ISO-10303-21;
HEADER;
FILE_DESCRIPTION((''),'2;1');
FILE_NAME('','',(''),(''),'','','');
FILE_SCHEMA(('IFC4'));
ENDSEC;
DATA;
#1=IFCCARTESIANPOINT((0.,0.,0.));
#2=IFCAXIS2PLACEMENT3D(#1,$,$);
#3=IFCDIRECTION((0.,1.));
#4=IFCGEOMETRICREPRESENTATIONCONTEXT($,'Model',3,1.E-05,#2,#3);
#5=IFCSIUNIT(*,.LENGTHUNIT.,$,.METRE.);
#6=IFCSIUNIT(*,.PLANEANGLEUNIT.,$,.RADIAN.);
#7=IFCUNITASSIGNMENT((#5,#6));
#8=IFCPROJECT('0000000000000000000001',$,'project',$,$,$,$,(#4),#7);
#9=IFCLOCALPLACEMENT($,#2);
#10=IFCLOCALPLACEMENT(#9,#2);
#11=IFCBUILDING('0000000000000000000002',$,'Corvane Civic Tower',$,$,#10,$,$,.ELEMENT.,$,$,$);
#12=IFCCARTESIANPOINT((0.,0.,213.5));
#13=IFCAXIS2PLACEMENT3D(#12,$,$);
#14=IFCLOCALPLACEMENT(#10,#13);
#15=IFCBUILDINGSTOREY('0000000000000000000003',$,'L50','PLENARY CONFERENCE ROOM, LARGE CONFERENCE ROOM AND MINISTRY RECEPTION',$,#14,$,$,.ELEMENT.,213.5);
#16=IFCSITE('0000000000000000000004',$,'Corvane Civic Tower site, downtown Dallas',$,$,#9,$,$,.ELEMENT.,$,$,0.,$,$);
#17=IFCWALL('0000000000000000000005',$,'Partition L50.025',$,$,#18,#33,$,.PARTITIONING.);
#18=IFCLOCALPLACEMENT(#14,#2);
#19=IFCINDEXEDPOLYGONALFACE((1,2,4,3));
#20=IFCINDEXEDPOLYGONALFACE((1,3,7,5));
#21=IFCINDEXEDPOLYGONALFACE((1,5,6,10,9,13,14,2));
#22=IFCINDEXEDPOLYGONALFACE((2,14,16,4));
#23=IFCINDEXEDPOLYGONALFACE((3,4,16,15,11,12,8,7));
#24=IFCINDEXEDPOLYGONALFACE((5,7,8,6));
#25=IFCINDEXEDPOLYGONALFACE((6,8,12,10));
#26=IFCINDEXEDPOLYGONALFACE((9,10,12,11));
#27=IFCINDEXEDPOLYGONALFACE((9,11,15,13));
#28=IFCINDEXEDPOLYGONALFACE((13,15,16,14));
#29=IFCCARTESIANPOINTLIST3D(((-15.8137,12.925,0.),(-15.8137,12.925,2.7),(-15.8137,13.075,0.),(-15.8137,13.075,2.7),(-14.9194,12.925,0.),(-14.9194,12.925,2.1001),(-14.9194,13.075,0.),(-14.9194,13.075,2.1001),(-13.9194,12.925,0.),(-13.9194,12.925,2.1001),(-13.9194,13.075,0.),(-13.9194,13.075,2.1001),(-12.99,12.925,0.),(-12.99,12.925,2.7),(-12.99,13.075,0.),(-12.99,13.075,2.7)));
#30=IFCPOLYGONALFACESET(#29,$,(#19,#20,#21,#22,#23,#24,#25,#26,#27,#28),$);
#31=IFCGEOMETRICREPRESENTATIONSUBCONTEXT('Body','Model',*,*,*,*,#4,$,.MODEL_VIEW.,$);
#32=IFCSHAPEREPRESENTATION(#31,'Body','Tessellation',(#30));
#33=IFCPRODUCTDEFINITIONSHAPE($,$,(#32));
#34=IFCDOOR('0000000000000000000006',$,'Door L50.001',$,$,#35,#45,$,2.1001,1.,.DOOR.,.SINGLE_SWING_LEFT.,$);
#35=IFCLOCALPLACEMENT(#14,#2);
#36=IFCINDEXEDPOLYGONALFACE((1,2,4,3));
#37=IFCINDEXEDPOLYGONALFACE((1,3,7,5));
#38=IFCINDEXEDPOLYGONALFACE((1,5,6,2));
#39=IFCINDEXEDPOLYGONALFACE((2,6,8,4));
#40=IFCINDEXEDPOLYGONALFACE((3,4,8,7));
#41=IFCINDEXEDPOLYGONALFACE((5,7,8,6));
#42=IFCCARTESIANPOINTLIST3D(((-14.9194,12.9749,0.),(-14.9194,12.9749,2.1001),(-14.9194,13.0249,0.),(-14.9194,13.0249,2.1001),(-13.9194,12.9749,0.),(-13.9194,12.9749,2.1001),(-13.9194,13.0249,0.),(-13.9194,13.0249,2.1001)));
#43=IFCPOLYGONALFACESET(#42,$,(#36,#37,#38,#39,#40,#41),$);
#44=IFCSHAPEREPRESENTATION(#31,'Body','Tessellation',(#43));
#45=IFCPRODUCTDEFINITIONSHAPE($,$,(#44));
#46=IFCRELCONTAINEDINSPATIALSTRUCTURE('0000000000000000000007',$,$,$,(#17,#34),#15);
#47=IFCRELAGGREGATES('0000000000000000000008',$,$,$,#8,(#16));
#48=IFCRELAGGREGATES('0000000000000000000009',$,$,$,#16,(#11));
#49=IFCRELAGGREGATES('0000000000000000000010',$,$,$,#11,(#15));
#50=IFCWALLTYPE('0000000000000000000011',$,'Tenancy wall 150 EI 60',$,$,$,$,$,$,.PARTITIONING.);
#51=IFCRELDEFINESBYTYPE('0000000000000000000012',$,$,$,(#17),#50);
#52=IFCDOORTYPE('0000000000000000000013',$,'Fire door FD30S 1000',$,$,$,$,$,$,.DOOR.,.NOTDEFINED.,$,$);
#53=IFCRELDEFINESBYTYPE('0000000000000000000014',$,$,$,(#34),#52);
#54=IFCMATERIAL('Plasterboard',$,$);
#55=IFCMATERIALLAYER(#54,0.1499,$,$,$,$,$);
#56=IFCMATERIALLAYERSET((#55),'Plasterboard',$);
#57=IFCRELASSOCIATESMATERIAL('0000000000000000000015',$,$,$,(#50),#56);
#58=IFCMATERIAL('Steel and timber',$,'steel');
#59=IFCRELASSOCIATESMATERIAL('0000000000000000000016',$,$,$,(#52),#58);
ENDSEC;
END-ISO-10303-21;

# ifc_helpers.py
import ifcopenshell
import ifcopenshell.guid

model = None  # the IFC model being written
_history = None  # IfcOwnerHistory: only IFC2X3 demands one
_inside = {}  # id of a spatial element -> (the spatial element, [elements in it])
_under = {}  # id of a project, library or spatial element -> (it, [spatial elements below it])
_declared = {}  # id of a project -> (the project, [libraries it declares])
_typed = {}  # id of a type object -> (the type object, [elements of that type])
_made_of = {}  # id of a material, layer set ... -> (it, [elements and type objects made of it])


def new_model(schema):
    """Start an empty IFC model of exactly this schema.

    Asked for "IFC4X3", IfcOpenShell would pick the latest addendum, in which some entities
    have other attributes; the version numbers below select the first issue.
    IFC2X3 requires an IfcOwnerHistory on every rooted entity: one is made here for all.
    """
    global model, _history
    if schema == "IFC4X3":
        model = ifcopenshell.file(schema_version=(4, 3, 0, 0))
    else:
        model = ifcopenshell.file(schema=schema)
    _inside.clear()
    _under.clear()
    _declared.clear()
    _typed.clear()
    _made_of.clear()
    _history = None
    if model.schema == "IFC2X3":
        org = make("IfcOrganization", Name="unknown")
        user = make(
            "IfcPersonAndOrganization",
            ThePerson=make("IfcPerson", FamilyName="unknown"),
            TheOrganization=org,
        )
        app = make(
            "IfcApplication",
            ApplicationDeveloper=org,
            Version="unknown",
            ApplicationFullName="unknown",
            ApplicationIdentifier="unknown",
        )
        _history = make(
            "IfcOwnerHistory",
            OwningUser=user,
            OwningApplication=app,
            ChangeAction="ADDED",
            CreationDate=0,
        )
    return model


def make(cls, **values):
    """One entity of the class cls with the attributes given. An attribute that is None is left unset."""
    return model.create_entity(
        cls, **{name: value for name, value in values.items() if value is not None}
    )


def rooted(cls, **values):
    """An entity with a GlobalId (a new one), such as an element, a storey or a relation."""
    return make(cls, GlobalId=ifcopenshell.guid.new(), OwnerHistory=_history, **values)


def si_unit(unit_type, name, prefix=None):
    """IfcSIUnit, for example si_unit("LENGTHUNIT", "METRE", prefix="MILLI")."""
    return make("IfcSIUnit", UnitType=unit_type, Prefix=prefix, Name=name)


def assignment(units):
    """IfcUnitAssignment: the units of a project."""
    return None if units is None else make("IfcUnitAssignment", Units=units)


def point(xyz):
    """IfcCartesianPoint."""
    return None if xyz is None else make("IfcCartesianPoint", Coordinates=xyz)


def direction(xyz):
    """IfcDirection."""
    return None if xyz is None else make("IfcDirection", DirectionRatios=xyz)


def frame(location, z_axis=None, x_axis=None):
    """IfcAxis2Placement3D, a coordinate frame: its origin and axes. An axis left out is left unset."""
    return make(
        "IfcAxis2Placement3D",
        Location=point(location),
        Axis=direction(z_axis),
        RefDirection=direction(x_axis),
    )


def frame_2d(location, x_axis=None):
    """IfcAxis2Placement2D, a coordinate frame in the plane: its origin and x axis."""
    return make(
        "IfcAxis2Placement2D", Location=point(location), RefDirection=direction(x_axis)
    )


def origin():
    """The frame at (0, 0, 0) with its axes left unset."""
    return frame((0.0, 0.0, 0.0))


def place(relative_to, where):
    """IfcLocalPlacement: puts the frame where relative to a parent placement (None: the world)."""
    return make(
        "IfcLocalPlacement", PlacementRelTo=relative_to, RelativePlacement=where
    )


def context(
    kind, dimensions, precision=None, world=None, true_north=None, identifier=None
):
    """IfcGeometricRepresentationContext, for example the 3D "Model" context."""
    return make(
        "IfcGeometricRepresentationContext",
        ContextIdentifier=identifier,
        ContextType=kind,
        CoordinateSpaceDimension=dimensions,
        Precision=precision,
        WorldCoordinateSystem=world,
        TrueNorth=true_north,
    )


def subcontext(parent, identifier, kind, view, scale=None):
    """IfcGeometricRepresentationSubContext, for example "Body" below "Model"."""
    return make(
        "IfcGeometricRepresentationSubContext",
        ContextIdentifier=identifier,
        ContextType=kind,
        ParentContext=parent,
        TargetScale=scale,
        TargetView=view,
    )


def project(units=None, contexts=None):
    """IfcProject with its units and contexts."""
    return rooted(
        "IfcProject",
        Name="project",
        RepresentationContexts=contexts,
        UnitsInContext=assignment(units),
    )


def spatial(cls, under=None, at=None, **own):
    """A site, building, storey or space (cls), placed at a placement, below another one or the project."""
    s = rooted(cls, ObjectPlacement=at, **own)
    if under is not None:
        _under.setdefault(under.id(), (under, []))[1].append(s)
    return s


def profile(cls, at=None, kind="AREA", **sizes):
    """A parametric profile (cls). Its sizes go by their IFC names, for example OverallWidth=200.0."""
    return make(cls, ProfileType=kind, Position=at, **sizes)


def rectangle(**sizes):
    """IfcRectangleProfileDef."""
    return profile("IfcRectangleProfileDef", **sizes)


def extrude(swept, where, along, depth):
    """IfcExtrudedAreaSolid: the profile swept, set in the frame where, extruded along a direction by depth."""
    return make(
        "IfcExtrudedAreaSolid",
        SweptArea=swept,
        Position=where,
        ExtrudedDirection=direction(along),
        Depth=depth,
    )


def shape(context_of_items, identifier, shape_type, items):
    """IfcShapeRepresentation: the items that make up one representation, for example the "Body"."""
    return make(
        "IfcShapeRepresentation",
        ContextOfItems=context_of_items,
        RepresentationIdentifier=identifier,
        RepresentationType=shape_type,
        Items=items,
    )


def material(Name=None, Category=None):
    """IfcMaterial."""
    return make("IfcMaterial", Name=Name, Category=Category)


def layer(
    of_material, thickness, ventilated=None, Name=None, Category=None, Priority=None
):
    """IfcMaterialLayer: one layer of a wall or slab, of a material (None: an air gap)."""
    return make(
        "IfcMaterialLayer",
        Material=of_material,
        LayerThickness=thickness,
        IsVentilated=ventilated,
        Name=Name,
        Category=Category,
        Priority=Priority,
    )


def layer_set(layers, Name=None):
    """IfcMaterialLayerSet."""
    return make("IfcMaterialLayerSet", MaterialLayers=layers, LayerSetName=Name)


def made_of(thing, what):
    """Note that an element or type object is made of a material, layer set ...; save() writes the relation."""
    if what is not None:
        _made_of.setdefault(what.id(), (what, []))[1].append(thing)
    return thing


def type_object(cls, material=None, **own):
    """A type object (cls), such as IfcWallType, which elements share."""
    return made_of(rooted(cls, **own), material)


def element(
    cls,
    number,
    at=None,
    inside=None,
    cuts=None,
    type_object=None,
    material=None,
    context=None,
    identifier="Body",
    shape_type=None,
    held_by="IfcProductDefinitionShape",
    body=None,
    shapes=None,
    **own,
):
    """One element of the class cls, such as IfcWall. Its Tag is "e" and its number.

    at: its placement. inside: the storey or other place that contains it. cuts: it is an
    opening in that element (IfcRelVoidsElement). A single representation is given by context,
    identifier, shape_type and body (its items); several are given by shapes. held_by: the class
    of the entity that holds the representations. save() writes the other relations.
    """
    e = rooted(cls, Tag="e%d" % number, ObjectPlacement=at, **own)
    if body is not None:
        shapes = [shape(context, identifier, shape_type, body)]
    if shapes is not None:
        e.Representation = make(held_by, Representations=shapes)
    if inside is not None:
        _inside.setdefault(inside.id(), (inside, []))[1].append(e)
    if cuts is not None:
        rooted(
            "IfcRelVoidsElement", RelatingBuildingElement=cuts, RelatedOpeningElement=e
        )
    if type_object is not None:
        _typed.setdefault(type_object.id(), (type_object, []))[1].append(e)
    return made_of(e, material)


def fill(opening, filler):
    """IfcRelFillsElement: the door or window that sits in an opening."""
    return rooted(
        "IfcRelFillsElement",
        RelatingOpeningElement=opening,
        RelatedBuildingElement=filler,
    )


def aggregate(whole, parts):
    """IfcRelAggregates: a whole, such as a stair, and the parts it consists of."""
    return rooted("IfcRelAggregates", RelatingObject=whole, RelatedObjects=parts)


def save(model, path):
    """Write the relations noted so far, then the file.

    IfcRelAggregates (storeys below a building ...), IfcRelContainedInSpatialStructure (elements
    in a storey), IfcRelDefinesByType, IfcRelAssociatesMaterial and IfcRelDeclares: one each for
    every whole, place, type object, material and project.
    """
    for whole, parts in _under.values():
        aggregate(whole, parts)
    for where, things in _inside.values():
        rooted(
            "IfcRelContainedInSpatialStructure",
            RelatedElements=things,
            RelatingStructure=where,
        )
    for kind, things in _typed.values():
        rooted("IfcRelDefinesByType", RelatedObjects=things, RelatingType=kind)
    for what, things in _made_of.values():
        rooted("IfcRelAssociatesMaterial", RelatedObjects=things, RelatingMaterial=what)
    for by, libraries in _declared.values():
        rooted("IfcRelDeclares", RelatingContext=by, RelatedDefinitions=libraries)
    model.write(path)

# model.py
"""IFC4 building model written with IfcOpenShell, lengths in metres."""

from ifc_helpers import new_model, si_unit, direction, frame, frame_2d, origin, place, context, subcontext, project, spatial, rectangle, extrude, material, layer, layer_set, type_object, element, fill, save


model = new_model("IFC4")

# Units and contexts
model_context = context("Model", 3, precision=1e-05, world=origin(), true_north=direction((0.0, 1.0)))
body_context = subcontext(model_context, "Body", "Model", "MODEL_VIEW")
ifc_project = project(units=[si_unit("LENGTHUNIT", "METRE"), si_unit("PLANEANGLEUNIT", "RADIAN")], contexts=[model_context])

# Site, building, storey
site_placement = place(None, origin())
site = spatial("IfcSite", under=ifc_project, at=site_placement, Name="Corvane Civic Tower site, downtown Dallas", CompositionType="ELEMENT", RefElevation=0.0)
building_placement = place(site_placement, origin())
building = spatial("IfcBuilding", under=site, at=building_placement, Name="Corvane Civic Tower", CompositionType="ELEMENT")
storey_placement = place(building_placement, frame((0.0, 0.0, 213.5)))
storey = spatial("IfcBuildingStorey", under=building, at=storey_placement, Name="L50", Description="PLENARY CONFERENCE ROOM, LARGE CONFERENCE ROOM AND MINISTRY RECEPTION", CompositionType="ELEMENT", Elevation=213.5)

# Wall, opening, door
ifc_material_1 = material(Name="Plasterboard")
ifc_layer_1 = layer(ifc_material_1, 0.1499)
ifc_layer_set_1 = layer_set([ifc_layer_1], Name="Plasterboard")
wall_type_1 = type_object("IfcWallType", Name="Tenancy wall 150 EI 60", PredefinedType="PARTITIONING", material=ifc_layer_set_1)
wall_1_placement = place(storey_placement, frame((-15.8137, 13.0, 0.0), z_axis=(0.0, 0.0, 1.0), x_axis=(1.0, 0.0, 0.0)))
wall_1 = element("IfcWall", 1, at=wall_1_placement, inside=storey, type_object=wall_type_1, Name="Partition L50.025", PredefinedType="PARTITIONING", context=body_context, shape_type="SweptSolid", body=[
    extrude(rectangle(XDim=2.8237, YDim=0.1499, at=frame_2d((1.4119, 0.0))), origin(), (0.0, 0.0, 1.0), 2.7),
])
opening_placement = place(wall_1_placement, frame((0.8943, 0.0, 0.0)))
opening = element("IfcOpeningElement", 2, at=opening_placement, cuts=wall_1, PredefinedType="OPENING", context=body_context, shape_type="SweptSolid", body=[
    extrude(rectangle(XDim=1.0, YDim=2.1001, at=frame_2d((0.5, 1.05))), frame((0.0, 0.085, 0.0), z_axis=(0.0, -1.0, 0.0), x_axis=(1.0, 0.0, 0.0)), (0.0, 0.0, 1.0), 0.1699),
])
ifc_material_2 = material(Name="Steel and timber", Category="steel")
door_type = type_object("IfcDoorType", Name="Fire door FD30S 1000", OperationType="NOTDEFINED", PredefinedType="DOOR", material=ifc_material_2)
door_placement = place(opening_placement, origin())
door = element("IfcDoor", 3, at=door_placement, inside=storey, type_object=door_type, Name="Door L50.001", OperationType="SINGLE_SWING_LEFT", OverallHeight=2.1001, OverallWidth=1.0, PredefinedType="DOOR", context=body_context, shape_type="SweptSolid", body=[
    extrude(rectangle(XDim=1.0, YDim=2.1001, at=frame_2d((0.5, 1.05))), frame((0.0, 0.0249, 0.0), z_axis=(0.0, -1.0, 0.0), x_axis=(1.0, 0.0, 0.0)), (0.0, 0.0, 1.0), 0.05),
])
fill(opening, door)

save(model, "model.ifc")
